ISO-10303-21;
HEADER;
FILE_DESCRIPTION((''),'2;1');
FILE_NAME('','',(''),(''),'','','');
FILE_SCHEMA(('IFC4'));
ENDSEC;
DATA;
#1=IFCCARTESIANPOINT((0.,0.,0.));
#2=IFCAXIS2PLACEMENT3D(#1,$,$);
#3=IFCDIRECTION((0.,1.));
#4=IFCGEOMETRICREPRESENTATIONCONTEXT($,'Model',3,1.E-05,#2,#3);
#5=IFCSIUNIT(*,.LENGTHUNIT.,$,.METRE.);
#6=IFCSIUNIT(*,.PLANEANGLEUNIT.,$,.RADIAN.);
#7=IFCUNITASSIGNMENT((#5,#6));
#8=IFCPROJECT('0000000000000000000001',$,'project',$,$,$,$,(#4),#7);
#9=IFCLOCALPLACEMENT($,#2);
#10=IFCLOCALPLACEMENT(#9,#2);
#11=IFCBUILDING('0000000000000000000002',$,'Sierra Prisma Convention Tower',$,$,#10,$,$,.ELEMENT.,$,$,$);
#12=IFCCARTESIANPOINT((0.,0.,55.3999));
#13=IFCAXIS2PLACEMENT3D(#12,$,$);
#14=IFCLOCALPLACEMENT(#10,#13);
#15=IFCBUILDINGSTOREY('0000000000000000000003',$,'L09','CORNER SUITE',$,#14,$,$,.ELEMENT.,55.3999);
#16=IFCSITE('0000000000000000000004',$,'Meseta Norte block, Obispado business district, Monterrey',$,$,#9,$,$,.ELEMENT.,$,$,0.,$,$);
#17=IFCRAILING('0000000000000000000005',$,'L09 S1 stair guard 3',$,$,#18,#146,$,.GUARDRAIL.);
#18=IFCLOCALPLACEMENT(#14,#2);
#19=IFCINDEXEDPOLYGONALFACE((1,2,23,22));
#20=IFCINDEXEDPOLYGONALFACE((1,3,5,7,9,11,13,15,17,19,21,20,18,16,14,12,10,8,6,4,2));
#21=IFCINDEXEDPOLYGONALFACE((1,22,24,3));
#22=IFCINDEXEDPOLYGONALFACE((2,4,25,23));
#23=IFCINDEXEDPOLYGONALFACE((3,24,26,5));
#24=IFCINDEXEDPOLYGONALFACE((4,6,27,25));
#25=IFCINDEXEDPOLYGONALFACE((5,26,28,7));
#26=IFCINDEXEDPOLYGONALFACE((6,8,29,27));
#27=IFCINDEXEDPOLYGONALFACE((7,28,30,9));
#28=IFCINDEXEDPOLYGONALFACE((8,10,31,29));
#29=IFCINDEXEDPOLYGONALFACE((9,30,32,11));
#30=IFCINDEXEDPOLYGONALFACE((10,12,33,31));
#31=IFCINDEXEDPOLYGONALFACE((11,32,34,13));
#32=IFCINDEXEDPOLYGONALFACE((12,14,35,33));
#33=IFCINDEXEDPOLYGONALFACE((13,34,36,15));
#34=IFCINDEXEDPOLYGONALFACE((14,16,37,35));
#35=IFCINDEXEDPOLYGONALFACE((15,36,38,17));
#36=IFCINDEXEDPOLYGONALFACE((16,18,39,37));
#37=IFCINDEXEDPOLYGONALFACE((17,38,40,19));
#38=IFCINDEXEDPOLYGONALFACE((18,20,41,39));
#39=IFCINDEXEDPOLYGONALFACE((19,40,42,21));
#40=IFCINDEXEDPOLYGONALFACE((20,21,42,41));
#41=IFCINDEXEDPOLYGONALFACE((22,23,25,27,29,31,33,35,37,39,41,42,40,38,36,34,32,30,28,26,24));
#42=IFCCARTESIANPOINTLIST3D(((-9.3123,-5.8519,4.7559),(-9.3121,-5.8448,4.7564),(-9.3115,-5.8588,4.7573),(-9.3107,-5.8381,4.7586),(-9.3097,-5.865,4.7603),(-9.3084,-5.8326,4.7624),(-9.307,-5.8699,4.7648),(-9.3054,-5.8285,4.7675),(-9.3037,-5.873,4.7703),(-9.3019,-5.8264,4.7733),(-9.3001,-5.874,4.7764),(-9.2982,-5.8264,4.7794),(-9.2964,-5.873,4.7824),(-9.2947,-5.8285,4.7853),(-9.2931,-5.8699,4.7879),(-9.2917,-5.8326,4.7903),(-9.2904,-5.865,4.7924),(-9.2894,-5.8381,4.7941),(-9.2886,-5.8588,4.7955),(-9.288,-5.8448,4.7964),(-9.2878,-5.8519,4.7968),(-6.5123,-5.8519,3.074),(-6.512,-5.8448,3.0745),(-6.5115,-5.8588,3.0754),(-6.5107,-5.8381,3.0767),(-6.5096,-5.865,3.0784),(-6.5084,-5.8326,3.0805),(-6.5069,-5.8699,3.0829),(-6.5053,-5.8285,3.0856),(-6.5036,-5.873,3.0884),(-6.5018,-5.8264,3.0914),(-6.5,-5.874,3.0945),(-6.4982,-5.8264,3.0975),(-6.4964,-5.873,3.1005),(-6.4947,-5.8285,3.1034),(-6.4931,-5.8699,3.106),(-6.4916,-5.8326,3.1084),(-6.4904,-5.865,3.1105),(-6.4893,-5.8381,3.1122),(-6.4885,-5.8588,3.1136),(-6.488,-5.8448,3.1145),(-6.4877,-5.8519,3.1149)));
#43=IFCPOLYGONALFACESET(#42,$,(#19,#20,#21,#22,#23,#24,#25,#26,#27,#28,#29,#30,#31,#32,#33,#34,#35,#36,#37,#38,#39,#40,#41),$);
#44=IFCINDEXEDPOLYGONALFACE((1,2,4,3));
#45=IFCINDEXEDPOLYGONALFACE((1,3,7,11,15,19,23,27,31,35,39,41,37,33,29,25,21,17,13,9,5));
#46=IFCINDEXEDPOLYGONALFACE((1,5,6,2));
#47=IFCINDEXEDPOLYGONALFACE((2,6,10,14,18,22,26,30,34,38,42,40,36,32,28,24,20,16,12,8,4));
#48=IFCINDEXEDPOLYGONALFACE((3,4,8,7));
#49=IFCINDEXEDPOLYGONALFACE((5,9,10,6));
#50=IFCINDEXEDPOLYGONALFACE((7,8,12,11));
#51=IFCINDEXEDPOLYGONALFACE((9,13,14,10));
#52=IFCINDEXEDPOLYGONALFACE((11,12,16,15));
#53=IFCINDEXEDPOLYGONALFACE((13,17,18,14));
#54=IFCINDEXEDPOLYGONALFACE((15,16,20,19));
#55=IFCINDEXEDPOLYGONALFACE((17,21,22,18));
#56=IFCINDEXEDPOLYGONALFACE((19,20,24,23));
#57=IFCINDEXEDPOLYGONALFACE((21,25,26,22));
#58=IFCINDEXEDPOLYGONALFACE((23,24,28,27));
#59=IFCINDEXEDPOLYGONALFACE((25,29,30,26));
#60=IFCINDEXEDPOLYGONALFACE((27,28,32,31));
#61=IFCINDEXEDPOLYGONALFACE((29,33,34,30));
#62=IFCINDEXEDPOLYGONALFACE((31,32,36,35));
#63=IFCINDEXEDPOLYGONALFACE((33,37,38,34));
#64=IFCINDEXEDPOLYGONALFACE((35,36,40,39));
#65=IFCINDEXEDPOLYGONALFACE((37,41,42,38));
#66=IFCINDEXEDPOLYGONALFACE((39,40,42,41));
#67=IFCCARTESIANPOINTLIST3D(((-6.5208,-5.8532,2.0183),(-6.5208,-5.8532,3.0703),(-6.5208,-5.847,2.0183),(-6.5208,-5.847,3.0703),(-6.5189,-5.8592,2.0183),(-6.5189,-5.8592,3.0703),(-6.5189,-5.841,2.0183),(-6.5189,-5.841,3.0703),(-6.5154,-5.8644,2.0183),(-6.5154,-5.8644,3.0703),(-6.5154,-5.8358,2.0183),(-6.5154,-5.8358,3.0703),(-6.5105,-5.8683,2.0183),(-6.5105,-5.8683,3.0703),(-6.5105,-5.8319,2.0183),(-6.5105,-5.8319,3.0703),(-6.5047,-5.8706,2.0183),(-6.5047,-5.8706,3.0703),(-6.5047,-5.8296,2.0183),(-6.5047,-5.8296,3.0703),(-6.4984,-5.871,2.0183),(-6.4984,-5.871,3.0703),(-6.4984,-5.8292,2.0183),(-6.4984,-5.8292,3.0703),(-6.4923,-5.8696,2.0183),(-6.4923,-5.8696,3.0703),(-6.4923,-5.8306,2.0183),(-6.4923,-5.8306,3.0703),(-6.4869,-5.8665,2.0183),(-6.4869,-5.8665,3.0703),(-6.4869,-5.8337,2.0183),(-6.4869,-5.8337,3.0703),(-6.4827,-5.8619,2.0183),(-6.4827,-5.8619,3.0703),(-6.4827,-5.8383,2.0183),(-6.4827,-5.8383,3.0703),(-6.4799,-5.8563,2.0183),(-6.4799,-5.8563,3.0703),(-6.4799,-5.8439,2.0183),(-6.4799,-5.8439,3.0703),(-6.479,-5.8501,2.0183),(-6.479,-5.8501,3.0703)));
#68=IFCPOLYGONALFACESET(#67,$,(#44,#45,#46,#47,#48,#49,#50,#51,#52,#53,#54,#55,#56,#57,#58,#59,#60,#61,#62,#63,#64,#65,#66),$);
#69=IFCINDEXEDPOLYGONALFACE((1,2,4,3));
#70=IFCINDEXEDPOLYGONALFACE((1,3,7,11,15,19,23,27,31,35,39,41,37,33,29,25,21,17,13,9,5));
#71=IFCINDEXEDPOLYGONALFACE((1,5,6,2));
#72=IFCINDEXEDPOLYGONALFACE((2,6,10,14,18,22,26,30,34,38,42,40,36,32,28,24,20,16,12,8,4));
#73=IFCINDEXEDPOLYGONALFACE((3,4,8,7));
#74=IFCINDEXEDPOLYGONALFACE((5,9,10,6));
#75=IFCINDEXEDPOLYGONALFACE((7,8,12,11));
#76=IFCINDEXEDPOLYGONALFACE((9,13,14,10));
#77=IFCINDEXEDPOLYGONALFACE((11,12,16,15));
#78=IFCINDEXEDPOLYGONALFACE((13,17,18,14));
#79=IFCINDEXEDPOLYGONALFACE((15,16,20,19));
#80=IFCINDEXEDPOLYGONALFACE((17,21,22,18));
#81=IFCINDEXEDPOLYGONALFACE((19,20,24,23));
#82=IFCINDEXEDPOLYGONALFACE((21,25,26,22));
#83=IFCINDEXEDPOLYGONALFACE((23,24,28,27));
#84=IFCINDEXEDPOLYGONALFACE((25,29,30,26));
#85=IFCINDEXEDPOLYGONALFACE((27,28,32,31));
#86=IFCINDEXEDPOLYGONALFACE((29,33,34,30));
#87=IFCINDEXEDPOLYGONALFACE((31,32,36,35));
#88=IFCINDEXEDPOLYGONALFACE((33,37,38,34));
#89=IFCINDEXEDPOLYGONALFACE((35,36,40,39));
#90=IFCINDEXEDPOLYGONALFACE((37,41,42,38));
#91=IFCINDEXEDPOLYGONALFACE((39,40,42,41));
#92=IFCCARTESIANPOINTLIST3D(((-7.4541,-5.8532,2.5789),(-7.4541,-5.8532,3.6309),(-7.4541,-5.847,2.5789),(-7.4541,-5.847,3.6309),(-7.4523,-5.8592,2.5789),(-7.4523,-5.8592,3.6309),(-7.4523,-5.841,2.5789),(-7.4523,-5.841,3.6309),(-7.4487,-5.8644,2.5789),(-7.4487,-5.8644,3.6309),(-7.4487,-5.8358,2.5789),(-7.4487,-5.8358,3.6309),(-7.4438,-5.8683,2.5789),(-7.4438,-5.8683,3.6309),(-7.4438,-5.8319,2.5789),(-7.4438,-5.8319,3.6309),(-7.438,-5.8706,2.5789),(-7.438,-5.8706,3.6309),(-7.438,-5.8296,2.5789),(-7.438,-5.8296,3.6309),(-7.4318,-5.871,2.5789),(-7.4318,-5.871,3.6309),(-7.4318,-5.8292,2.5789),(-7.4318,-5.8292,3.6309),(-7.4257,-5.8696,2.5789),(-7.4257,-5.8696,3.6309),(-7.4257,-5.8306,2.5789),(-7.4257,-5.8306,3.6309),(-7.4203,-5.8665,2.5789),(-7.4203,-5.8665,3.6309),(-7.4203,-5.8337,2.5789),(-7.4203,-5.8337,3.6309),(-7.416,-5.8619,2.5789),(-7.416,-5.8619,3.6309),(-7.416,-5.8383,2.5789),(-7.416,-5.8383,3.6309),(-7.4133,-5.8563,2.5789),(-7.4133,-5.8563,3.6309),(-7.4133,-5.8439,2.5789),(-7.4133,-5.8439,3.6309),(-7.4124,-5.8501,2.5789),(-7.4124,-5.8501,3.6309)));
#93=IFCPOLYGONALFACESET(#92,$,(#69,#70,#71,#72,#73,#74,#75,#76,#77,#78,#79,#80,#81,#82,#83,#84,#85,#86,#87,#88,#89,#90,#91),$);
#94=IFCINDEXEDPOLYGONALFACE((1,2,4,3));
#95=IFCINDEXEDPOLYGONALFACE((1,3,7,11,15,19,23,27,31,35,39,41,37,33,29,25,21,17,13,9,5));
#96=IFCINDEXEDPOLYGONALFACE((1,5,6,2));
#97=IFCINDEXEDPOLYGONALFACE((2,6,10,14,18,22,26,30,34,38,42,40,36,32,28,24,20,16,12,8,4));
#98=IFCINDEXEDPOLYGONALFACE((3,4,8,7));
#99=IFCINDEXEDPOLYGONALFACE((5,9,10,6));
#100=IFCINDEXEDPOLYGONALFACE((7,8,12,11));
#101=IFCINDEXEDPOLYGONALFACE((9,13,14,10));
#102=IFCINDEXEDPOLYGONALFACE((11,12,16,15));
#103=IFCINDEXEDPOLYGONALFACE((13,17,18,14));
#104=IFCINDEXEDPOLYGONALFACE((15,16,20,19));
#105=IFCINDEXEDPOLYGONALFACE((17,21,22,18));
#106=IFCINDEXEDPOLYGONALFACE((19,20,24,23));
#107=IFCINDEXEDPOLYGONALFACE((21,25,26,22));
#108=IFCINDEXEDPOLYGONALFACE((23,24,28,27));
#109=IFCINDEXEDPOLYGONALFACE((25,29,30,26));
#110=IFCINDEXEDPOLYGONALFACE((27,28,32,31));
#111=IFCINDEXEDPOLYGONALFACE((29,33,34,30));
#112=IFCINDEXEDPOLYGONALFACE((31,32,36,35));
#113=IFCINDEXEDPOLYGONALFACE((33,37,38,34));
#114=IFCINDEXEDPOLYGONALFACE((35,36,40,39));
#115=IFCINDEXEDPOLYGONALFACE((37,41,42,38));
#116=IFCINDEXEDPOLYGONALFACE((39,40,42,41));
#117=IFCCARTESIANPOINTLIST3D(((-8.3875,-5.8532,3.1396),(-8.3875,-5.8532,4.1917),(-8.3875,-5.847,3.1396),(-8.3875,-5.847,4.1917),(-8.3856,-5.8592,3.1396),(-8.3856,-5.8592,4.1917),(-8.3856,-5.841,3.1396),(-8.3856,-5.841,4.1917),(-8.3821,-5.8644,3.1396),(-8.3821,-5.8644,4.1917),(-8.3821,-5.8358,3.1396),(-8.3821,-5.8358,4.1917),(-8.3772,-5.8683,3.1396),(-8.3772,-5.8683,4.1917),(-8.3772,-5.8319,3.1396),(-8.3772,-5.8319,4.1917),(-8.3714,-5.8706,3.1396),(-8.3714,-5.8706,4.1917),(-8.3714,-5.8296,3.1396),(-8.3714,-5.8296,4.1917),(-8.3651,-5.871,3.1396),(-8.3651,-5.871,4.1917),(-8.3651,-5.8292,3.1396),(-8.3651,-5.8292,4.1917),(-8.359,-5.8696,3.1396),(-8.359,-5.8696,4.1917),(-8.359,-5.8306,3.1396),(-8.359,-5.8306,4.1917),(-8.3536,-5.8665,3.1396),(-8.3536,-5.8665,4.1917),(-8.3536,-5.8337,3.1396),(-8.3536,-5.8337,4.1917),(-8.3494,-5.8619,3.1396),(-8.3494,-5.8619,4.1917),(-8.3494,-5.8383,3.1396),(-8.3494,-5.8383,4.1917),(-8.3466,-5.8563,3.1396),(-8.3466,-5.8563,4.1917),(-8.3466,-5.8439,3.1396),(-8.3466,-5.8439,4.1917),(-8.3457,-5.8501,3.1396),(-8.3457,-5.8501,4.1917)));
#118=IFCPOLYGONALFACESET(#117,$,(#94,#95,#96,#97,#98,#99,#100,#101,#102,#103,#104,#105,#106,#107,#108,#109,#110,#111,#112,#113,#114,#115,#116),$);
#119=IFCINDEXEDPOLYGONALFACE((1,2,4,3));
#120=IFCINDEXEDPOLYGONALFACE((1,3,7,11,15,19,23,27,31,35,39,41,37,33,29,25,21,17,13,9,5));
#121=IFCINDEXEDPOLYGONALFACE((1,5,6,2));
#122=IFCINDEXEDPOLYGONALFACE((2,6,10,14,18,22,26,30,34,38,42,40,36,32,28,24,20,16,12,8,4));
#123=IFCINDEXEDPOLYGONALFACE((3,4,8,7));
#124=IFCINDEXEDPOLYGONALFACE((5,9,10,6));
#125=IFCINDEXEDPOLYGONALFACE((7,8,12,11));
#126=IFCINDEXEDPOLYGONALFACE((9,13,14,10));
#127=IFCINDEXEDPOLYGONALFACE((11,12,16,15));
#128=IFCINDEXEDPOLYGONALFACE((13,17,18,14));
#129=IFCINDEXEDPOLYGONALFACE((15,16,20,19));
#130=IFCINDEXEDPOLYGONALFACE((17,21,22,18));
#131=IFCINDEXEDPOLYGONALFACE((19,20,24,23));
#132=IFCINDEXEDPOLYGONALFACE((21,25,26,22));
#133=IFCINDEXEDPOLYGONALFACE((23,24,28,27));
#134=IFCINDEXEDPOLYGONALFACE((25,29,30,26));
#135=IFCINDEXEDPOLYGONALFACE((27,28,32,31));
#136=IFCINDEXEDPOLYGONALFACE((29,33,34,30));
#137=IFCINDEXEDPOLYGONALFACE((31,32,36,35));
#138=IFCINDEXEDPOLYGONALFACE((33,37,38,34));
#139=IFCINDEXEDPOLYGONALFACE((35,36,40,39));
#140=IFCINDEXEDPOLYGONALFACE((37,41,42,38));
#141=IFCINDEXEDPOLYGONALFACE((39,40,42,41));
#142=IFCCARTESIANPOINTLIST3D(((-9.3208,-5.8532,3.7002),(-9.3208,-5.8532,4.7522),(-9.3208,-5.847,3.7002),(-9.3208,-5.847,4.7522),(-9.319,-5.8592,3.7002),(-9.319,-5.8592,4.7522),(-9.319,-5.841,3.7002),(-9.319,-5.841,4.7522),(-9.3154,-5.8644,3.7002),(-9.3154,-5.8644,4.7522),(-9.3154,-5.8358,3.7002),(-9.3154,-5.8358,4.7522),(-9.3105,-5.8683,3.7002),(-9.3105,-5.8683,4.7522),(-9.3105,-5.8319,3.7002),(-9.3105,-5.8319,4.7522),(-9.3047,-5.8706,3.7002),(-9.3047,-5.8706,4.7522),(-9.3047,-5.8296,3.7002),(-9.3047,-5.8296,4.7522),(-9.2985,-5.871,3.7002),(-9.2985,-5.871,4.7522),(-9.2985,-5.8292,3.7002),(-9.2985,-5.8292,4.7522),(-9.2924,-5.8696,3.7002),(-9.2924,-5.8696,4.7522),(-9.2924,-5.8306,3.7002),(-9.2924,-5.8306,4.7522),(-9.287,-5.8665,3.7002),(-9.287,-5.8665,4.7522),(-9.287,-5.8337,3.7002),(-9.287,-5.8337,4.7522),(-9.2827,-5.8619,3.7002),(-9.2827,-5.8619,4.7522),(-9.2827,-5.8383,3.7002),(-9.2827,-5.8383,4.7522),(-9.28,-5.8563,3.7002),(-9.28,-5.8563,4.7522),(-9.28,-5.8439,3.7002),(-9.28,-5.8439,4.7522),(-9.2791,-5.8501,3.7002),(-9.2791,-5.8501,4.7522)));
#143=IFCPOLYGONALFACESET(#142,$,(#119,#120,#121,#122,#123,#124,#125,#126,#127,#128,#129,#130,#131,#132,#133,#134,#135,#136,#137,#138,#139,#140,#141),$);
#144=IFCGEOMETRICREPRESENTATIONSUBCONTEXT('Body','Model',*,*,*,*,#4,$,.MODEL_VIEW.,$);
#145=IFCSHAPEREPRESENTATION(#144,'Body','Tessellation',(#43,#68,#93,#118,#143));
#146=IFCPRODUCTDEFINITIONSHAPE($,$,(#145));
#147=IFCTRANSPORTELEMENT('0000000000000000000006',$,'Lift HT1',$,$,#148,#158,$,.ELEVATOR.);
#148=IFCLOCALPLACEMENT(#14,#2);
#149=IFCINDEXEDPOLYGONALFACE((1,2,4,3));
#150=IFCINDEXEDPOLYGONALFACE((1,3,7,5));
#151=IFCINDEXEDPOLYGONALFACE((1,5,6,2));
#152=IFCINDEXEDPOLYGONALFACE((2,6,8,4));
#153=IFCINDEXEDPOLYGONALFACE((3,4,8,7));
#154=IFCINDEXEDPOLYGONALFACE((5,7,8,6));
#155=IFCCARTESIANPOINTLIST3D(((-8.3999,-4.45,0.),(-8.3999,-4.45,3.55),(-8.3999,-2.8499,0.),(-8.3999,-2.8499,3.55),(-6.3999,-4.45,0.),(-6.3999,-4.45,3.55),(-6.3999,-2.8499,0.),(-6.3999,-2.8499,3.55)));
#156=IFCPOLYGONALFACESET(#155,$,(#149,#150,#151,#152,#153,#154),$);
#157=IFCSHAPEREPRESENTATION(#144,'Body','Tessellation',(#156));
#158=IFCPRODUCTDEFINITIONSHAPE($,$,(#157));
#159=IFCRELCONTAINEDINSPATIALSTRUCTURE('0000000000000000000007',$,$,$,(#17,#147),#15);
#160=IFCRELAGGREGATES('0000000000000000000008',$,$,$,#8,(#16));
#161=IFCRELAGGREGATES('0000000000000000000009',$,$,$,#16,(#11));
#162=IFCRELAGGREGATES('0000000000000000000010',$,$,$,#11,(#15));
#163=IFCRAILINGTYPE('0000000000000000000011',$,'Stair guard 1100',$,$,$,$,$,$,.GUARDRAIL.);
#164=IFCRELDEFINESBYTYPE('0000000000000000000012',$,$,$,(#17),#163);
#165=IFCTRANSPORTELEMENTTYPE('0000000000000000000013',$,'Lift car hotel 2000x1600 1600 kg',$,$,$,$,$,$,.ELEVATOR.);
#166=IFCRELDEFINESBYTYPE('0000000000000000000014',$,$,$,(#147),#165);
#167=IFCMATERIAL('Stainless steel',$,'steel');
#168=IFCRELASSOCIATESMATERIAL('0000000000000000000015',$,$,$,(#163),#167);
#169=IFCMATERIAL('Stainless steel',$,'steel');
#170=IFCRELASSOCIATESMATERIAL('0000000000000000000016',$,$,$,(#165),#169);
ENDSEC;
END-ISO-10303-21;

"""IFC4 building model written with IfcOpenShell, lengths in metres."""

from ifc_helpers import new_model, si_unit, direction, frame, origin, origin_2d, place, context, subcontext, project, spatial, rectangle, circle, extrude, material, type_object, element, save


model = new_model("IFC4")

# Units and contexts
model_context = context("Model", 3, precision=1e-05, world=origin(), true_north=direction((0.0, 1.0)))
body_context = subcontext(model_context, "Body", "Model", "MODEL_VIEW")
ifc_project = project(units=[si_unit("LENGTHUNIT", "METRE"), si_unit("PLANEANGLEUNIT", "RADIAN")], contexts=[model_context])

# Site, building, storey
site_placement = place(None, origin())
site = spatial("IfcSite", under=ifc_project, at=site_placement, Name="Meseta Norte block, Obispado business district, Monterrey", CompositionType="ELEMENT", RefElevation=0.0)
building_placement = place(site_placement, origin())
building = spatial("IfcBuilding", under=site, at=building_placement, Name="Sierra Prisma Convention Tower", CompositionType="ELEMENT")
storey_placement = place(building_placement, frame((0.0, 0.0, 55.3999)))
storey = spatial("IfcBuildingStorey", under=building, at=storey_placement, Name="L09", Description="CORNER SUITE", CompositionType="ELEMENT", Elevation=55.3999)

# Railing
ifc_material_1 = material(Name="Stainless steel", Category="steel")
railing_type_1 = type_object("IfcRailingType", Name="Stair guard 1100", PredefinedType="GUARDRAIL", material=ifc_material_1)
railing_1_placement = place(storey_placement, frame((-6.5, -5.8501, 2.0183)))
element("IfcRailing", 1, at=railing_1_placement, inside=storey, type_object=railing_type_1, Name="L09 S1 stair guard 3", PredefinedType="GUARDRAIL", context=body_context, shape_type="SweptSolid", body=[
    extrude(circle(Radius=0.0239, at=origin_2d()), frame((0.0, 0.0, 1.0762), z_axis=(-0.857242, 0.0, 0.514913), x_axis=(0.0, -1.0, 0.0)), (0.0, 0.0, 1.0), 3.2664),
    extrude(circle(Radius=0.021, at=origin_2d()), origin(), (0.0, 0.0, 1.0), 1.052),
    extrude(circle(Radius=0.021, at=origin_2d()), frame((-0.9333, 0.0, 0.5605)), (0.0, 0.0, 1.0), 1.052),
    extrude(circle(Radius=0.021, at=origin_2d()), frame((-1.8667, 0.0, 1.1213)), (0.0, 0.0, 1.0), 1.052),
    extrude(circle(Radius=0.021, at=origin_2d()), frame((-2.8, 0.0, 1.6819)), (0.0, 0.0, 1.0), 1.052),
])

# Transport element
ifc_material_2 = material(Name="Stainless steel", Category="steel")
transport_element_type = type_object("IfcTransportElementType", Name="Lift car hotel 2000x1600 1600 kg", PredefinedType="ELEVATOR", material=ifc_material_2)
transport_element_placement = place(storey_placement, frame((-7.3999, -3.6499, 0.0), z_axis=(0.0, 0.0, 1.0), x_axis=(1.0, 0.0, 0.0)))
element("IfcTransportElement", 2, at=transport_element_placement, inside=storey, type_object=transport_element_type, Name="Lift HT1", PredefinedType="ELEVATOR", context=body_context, shape_type="SweptSolid", body=[
    extrude(rectangle(XDim=2.0, YDim=1.6001, at=origin_2d()), origin(), (0.0, 0.0, 1.0), 3.55),
])

save(model, "model.ifc")
